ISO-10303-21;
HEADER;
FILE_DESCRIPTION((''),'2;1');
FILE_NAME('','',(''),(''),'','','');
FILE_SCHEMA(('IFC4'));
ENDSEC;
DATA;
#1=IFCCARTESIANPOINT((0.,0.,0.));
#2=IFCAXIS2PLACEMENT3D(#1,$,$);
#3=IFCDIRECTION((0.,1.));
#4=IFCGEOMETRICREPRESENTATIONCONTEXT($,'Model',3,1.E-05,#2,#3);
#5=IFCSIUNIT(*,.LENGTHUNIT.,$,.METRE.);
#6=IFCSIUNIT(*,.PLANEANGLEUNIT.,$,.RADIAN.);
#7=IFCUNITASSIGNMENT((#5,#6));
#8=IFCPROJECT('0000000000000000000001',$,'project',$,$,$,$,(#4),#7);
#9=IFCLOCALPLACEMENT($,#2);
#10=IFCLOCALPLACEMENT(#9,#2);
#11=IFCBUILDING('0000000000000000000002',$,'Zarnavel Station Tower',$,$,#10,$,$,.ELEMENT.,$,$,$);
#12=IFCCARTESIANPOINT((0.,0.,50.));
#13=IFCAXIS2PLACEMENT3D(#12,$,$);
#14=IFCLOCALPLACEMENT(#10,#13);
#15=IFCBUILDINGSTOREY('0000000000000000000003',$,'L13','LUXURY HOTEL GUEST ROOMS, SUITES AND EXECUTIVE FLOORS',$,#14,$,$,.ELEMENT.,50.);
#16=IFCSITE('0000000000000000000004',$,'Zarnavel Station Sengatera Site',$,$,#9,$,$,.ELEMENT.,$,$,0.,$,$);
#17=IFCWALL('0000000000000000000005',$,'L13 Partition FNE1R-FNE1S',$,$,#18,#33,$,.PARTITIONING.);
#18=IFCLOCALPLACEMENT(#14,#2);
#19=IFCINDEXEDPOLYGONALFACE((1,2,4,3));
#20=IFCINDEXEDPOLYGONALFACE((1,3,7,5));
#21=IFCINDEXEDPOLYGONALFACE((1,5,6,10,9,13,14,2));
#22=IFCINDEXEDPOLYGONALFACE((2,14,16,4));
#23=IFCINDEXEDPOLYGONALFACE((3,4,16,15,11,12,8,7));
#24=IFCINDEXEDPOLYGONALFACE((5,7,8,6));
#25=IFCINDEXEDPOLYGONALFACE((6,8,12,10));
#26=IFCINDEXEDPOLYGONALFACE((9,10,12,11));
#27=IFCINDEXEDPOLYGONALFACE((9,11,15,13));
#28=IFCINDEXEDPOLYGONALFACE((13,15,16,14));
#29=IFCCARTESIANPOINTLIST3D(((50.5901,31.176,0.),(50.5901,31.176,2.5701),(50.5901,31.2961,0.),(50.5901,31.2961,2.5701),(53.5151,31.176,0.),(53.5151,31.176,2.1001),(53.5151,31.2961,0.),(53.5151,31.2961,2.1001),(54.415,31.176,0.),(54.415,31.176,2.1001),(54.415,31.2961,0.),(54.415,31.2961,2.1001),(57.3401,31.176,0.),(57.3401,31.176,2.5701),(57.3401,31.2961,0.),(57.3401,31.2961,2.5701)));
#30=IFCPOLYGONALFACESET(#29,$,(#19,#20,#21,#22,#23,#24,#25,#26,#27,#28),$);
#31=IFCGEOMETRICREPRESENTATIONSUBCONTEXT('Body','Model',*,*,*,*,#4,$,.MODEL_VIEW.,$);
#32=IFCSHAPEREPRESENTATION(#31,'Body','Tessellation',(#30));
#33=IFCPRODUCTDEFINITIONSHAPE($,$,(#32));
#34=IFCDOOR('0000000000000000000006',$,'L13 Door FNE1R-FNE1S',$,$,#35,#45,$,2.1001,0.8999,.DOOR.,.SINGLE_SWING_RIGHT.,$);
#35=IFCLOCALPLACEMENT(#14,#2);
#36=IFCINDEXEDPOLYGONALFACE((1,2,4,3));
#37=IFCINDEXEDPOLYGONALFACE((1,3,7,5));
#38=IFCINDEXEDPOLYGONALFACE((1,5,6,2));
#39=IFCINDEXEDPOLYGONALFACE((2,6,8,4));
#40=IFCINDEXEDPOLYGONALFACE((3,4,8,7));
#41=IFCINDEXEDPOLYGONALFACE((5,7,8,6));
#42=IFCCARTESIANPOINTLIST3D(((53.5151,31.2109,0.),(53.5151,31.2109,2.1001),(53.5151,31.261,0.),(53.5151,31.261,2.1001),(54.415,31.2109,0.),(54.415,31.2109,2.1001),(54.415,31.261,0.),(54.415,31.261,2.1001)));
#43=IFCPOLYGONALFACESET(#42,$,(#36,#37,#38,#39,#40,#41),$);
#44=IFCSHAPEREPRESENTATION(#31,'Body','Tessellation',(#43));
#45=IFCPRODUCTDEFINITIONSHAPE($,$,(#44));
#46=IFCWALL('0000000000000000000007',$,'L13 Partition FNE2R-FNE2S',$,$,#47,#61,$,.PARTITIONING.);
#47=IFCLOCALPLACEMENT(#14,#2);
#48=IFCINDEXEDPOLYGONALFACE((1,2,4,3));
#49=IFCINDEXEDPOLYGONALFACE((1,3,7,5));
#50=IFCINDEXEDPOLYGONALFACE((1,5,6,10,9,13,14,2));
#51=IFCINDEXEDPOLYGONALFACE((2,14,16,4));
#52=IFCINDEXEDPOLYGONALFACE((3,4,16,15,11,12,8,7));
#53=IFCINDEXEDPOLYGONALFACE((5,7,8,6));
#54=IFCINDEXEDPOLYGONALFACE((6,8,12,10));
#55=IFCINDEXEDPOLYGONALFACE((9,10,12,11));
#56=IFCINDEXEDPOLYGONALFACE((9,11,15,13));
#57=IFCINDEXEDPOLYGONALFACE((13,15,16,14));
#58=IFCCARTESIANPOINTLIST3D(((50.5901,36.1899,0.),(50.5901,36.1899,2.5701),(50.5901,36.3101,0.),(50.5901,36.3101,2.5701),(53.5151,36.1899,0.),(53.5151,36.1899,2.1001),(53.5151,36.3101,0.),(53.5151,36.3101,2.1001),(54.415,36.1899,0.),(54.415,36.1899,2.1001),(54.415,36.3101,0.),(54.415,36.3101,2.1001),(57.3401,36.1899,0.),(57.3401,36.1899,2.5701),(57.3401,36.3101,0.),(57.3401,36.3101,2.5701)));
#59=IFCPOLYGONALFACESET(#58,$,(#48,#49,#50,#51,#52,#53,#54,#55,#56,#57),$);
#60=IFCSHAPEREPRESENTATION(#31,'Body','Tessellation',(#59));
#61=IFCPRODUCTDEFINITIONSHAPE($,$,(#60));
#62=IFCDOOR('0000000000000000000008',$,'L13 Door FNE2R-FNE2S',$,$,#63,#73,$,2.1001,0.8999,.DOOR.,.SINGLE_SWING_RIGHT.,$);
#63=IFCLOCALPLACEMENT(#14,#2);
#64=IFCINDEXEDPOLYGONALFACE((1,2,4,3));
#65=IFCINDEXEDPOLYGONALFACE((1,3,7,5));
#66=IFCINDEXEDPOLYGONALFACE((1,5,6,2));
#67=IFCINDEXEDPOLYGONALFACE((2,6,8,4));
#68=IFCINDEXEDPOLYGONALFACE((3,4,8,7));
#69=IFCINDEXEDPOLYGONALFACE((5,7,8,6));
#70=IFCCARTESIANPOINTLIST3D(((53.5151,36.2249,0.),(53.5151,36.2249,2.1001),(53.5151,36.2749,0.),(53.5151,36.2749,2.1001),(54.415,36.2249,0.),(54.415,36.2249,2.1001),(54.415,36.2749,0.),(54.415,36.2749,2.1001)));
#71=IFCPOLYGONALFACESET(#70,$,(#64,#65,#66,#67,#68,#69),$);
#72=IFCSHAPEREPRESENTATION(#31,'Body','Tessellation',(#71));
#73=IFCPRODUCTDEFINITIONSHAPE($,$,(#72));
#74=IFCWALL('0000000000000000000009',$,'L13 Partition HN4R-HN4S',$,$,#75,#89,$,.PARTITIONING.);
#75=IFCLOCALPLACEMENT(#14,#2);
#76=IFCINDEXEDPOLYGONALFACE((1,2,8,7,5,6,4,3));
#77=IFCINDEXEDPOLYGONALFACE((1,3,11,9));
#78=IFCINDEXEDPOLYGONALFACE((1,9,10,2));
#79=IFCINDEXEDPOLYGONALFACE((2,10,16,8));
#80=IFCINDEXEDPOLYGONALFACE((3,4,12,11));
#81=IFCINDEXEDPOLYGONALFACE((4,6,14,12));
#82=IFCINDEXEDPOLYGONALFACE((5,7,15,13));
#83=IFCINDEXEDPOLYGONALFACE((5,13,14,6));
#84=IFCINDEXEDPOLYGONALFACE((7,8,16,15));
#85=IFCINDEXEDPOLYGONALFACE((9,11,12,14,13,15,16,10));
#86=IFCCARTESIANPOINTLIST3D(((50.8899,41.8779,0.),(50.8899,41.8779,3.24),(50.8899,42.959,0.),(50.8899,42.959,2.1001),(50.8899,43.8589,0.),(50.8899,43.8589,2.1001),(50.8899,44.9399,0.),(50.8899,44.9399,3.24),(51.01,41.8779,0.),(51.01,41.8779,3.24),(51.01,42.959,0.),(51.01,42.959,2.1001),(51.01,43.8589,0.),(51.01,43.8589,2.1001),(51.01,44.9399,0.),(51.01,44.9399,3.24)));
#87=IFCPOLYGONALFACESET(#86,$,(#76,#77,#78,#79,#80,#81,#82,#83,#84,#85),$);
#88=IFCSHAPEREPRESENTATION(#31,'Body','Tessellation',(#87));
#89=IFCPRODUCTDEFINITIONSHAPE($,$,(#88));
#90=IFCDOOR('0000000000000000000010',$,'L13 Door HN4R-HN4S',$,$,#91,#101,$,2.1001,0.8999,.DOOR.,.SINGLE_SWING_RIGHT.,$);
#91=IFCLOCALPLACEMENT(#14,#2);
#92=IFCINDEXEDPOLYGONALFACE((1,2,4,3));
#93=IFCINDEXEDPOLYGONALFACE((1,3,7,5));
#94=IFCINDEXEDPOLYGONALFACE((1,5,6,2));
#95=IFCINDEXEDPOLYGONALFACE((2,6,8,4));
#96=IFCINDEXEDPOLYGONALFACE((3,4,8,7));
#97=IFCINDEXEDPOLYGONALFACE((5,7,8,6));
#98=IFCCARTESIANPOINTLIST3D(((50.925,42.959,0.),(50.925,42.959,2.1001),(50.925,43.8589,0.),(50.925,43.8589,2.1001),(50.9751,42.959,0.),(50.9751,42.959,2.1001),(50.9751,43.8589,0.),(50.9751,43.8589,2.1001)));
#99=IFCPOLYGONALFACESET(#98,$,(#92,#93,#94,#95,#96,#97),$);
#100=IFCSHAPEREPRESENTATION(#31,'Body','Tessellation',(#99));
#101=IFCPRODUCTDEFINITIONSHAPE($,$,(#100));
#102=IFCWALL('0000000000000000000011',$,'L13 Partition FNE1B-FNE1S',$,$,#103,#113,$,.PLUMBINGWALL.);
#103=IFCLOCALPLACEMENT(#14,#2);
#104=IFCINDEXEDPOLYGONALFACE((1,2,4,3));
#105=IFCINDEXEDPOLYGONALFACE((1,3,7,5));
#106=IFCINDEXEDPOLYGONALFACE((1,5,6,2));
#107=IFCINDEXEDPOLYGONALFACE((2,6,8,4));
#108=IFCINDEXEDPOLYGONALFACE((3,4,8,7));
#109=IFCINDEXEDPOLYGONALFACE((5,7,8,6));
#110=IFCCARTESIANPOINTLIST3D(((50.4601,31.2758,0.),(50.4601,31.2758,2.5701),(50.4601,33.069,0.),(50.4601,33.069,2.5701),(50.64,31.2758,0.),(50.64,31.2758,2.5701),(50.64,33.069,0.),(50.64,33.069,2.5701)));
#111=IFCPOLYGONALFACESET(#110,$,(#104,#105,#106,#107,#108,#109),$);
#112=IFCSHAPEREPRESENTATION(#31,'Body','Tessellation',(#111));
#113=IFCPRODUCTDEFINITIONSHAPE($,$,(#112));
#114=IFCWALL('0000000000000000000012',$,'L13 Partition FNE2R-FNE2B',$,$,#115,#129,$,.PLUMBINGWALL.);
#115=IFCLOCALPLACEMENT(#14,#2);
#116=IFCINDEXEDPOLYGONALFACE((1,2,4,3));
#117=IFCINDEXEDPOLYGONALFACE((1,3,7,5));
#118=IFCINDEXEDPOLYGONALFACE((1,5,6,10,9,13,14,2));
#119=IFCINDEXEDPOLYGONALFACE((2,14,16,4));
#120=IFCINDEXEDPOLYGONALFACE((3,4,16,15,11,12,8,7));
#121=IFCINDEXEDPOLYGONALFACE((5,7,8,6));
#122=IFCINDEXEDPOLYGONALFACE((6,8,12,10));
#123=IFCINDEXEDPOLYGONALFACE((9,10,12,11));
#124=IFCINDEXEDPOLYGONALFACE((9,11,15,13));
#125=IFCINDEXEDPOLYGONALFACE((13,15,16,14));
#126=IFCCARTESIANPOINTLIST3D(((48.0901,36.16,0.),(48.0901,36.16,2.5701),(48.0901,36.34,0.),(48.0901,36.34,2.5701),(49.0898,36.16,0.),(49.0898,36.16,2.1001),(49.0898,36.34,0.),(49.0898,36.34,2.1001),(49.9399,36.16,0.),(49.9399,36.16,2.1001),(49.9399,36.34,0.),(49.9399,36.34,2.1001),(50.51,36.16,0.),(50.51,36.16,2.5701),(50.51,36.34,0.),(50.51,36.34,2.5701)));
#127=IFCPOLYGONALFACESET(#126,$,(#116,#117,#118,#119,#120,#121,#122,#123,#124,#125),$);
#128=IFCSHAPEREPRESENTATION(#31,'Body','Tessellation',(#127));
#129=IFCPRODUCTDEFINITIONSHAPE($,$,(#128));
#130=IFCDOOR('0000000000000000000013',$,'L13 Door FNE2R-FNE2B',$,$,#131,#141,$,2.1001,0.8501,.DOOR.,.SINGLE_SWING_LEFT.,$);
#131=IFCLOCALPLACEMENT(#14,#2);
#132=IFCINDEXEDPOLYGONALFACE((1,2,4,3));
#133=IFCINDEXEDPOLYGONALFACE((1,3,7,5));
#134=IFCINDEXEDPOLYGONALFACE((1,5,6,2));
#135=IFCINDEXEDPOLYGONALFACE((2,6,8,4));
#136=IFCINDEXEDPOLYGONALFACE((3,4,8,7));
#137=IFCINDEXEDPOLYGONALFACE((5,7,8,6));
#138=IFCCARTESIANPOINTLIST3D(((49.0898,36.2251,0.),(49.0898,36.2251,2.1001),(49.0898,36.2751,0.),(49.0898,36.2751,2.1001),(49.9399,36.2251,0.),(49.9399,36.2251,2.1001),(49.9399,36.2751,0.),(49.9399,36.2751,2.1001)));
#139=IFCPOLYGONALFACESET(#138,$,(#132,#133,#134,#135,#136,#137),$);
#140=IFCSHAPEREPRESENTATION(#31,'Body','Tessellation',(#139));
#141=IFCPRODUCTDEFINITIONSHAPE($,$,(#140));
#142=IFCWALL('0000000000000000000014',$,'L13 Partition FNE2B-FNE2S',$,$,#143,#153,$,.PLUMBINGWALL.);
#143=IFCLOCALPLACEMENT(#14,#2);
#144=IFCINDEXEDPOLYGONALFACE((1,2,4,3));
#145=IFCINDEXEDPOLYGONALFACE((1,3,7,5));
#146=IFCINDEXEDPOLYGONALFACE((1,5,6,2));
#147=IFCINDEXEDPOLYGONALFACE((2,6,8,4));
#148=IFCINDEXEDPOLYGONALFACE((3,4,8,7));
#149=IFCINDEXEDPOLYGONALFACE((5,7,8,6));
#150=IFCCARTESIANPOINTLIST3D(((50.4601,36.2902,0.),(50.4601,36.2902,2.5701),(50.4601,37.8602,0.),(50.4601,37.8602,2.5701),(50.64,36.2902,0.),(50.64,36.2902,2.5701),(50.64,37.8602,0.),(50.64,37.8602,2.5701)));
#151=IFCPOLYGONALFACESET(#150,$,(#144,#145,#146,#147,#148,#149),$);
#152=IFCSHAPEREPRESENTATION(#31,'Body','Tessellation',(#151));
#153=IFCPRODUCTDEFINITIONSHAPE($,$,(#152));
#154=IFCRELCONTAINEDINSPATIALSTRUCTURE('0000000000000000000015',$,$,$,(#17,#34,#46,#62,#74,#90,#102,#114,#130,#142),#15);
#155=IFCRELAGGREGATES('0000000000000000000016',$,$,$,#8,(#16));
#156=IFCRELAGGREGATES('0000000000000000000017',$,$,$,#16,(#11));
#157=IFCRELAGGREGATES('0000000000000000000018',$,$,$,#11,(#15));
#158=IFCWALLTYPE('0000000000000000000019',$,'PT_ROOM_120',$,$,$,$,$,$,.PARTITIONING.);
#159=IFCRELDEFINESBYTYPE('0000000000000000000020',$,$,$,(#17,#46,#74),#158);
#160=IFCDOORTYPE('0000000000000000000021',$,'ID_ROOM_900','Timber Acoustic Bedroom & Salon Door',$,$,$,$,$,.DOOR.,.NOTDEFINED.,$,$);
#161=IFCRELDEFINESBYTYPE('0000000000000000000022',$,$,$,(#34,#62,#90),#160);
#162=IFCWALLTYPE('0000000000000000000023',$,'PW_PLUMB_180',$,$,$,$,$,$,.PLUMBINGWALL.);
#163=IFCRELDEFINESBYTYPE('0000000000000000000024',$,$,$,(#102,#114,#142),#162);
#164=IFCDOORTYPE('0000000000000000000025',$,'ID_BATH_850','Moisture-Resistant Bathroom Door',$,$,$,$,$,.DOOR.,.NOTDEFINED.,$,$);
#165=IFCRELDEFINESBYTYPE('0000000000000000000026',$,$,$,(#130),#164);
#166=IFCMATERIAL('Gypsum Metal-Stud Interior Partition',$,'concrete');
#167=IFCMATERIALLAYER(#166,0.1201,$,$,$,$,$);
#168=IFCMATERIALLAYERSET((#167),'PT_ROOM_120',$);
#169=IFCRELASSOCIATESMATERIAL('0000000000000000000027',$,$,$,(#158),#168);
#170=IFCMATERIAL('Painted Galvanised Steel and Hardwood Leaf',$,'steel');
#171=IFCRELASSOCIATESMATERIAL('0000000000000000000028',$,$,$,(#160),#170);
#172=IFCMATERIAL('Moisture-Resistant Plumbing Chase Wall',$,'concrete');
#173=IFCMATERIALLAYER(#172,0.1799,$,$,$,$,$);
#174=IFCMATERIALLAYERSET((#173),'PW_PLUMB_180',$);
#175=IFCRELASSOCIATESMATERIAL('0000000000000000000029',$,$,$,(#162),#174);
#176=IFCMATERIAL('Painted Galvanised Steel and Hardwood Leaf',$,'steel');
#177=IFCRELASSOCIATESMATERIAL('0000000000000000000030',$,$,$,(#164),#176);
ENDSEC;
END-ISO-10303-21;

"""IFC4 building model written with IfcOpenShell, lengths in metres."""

from ifc_helpers import new_model, si_unit, direction, frame, frame_2d, origin, place, context, subcontext, project, spatial, rectangle, extrude, material, layer, layer_set, type_object, element, fill, save


model = new_model("IFC4")

# Units and contexts
model_context = context("Model", 3, precision=1e-05, world=origin(), true_north=direction((0.0, 1.0)))
body_context = subcontext(model_context, "Body", "Model", "MODEL_VIEW")
ifc_project = project(units=[si_unit("LENGTHUNIT", "METRE"), si_unit("PLANEANGLEUNIT", "RADIAN")], contexts=[model_context])

# Site, building, storey
site_placement = place(None, origin())
site = spatial("IfcSite", under=ifc_project, at=site_placement, Name="Zarnavel Station Sengatera Site", CompositionType="ELEMENT", RefElevation=0.0)
building_placement = place(site_placement, origin())
building = spatial("IfcBuilding", under=site, at=building_placement, Name="Zarnavel Station Tower", CompositionType="ELEMENT")
storey_placement = place(building_placement, frame((0.0, 0.0, 50.0)))
storey = spatial("IfcBuildingStorey", under=building, at=storey_placement, Name="L13", Description="LUXURY HOTEL GUEST ROOMS, SUITES AND EXECUTIVE FLOORS", CompositionType="ELEMENT", Elevation=50.0)

# Walls, openings, doors
ifc_material_1 = material(Name="Gypsum Metal-Stud Interior Partition", Category="concrete")
ifc_layer_1 = layer(ifc_material_1, 0.1201)
ifc_layer_set_1 = layer_set([ifc_layer_1], Name="PT_ROOM_120")
wall_type_1 = type_object("IfcWallType", Name="PT_ROOM_120", PredefinedType="PARTITIONING", material=ifc_layer_set_1)
wall_1_placement = place(storey_placement, frame((50.5901, 31.2361, 0.0), z_axis=(0.0, 0.0, 1.0), x_axis=(1.0, 0.0, 0.0)))
wall_1 = element("IfcWall", 1, at=wall_1_placement, inside=storey, type_object=wall_type_1, Name="L13 Partition FNE1R-FNE1S", PredefinedType="PARTITIONING", context=body_context, shape_type="SweptSolid", body=[
    extrude(rectangle(XDim=6.75, YDim=0.1201, at=frame_2d((3.375, 0.0))), origin(), (0.0, 0.0, 1.0), 2.5701),
])
opening_1_placement = place(wall_1_placement, frame((2.925, 0.0, 0.0)))
opening_1 = element("IfcOpeningElement", 2, at=opening_1_placement, cuts=wall_1, PredefinedType="OPENING", context=body_context, shape_type="SweptSolid", body=[
    extrude(rectangle(XDim=0.8999, YDim=2.1001, at=frame_2d((0.45, 1.05))), frame((0.0, 0.0701, 0.0), z_axis=(0.0, -1.0, 0.0), x_axis=(1.0, 0.0, 0.0)), (0.0, 0.0, 1.0), 0.1401),
])
ifc_material_2 = material(Name="Painted Galvanised Steel and Hardwood Leaf", Category="steel")
door_type_1 = type_object("IfcDoorType", Name="ID_ROOM_900", Description="Timber Acoustic Bedroom & Salon Door", OperationType="NOTDEFINED", PredefinedType="DOOR", material=ifc_material_2)
door_1_placement = place(opening_1_placement, origin())
door_1 = element("IfcDoor", 3, at=door_1_placement, inside=storey, type_object=door_type_1, Name="L13 Door FNE1R-FNE1S", OperationType="SINGLE_SWING_RIGHT", OverallHeight=2.1001, OverallWidth=0.8999, PredefinedType="DOOR", context=body_context, shape_type="SweptSolid", body=[
    extrude(rectangle(XDim=0.8999, YDim=2.1001, at=frame_2d((0.45, 1.05))), frame((0.0, 0.0249, 0.0), z_axis=(0.0, -1.0, 0.0), x_axis=(1.0, 0.0, 0.0)), (0.0, 0.0, 1.0), 0.05),
])
fill(opening_1, door_1)
wall_2_placement = place(storey_placement, frame((50.5901, 36.25, 0.0), z_axis=(0.0, 0.0, 1.0), x_axis=(1.0, 0.0, 0.0)))
wall_2 = element("IfcWall", 4, at=wall_2_placement, inside=storey, type_object=wall_type_1, Name="L13 Partition FNE2R-FNE2S", PredefinedType="PARTITIONING", context=body_context, shape_type="SweptSolid", body=[
    extrude(rectangle(XDim=6.75, YDim=0.1201, at=frame_2d((3.375, 0.0))), origin(), (0.0, 0.0, 1.0), 2.5701),
])
opening_2_placement = place(wall_2_placement, frame((2.925, 0.0, 0.0)))
opening_2 = element("IfcOpeningElement", 5, at=opening_2_placement, cuts=wall_2, PredefinedType="OPENING", context=body_context, shape_type="SweptSolid", body=[
    extrude(rectangle(XDim=0.8999, YDim=2.1001, at=frame_2d((0.45, 1.05))), frame((0.0, 0.0701, 0.0), z_axis=(0.0, -1.0, 0.0), x_axis=(1.0, 0.0, 0.0)), (0.0, 0.0, 1.0), 0.1401),
])
door_2_placement = place(opening_2_placement, origin())
door_2 = element("IfcDoor", 6, at=door_2_placement, inside=storey, type_object=door_type_1, Name="L13 Door FNE2R-FNE2S", OperationType="SINGLE_SWING_RIGHT", OverallHeight=2.1001, OverallWidth=0.8999, PredefinedType="DOOR", context=body_context, shape_type="SweptSolid", body=[
    extrude(rectangle(XDim=0.8999, YDim=2.1001, at=frame_2d((0.45, 1.05))), frame((0.0, 0.0249, 0.0), z_axis=(0.0, -1.0, 0.0), x_axis=(1.0, 0.0, 0.0)), (0.0, 0.0, 1.0), 0.05),
])
fill(opening_2, door_2)
wall_3_placement = place(storey_placement, frame((50.95, 41.8779, 0.0), z_axis=(0.0, 0.0, 1.0), x_axis=(0.0, 1.0, 0.0)))
wall_3 = element("IfcWall", 7, at=wall_3_placement, inside=storey, type_object=wall_type_1, Name="L13 Partition HN4R-HN4S", PredefinedType="PARTITIONING", context=body_context, shape_type="SweptSolid", body=[
    extrude(rectangle(XDim=3.062, YDim=0.1201, at=frame_2d((1.531, 0.0))), origin(), (0.0, 0.0, 1.0), 3.24),
])
opening_3_placement = place(wall_3_placement, frame((1.0811, 0.0, 0.0)))
opening_3 = element("IfcOpeningElement", 8, at=opening_3_placement, cuts=wall_3, PredefinedType="OPENING", context=body_context, shape_type="SweptSolid", body=[
    extrude(rectangle(XDim=0.8999, YDim=2.1001, at=frame_2d((0.45, 1.05))), frame((0.0, 0.0701, 0.0), z_axis=(0.0, -1.0, 0.0), x_axis=(1.0, 0.0, 0.0)), (0.0, 0.0, 1.0), 0.1401),
])
door_3_placement = place(opening_3_placement, origin())
door_3 = element("IfcDoor", 9, at=door_3_placement, inside=storey, type_object=door_type_1, Name="L13 Door HN4R-HN4S", OperationType="SINGLE_SWING_RIGHT", OverallHeight=2.1001, OverallWidth=0.8999, PredefinedType="DOOR", context=body_context, shape_type="SweptSolid", body=[
    extrude(rectangle(XDim=0.8999, YDim=2.1001, at=frame_2d((0.45, 1.05))), frame((0.0, 0.0249, 0.0), z_axis=(0.0, -1.0, 0.0), x_axis=(1.0, 0.0, 0.0)), (0.0, 0.0, 1.0), 0.05),
])
fill(opening_3, door_3)

# Wall
ifc_material_3 = material(Name="Moisture-Resistant Plumbing Chase Wall", Category="concrete")
ifc_layer_2 = layer(ifc_material_3, 0.1799)
ifc_layer_set_2 = layer_set([ifc_layer_2], Name="PW_PLUMB_180")
wall_type_2 = type_object("IfcWallType", Name="PW_PLUMB_180", PredefinedType="PLUMBINGWALL", material=ifc_layer_set_2)
wall_4_placement = place(storey_placement, frame((50.55, 31.2759, 0.0), z_axis=(0.0, 0.0, 1.0), x_axis=(0.0, 1.0, 0.0)))
element("IfcWall", 10, at=wall_4_placement, inside=storey, type_object=wall_type_2, Name="L13 Partition FNE1B-FNE1S", PredefinedType="PLUMBINGWALL", context=body_context, shape_type="SweptSolid", body=[
    extrude(rectangle(XDim=1.7932, YDim=0.1799, at=frame_2d((0.8965, 0.0))), origin(), (0.0, 0.0, 1.0), 2.5701),
])

# Wall, opening, door
wall_5_placement = place(storey_placement, frame((50.51, 36.25, 0.0), z_axis=(0.0, 0.0, 1.0), x_axis=(-1.0, 0.0, 0.0)))
wall_5 = element("IfcWall", 11, at=wall_5_placement, inside=storey, type_object=wall_type_2, Name="L13 Partition FNE2R-FNE2B", PredefinedType="PLUMBINGWALL", context=body_context, shape_type="SweptSolid", body=[
    extrude(rectangle(XDim=2.4199, YDim=0.1799, at=frame_2d((1.21, 0.0))), origin(), (0.0, 0.0, 1.0), 2.5701),
])
opening_4_placement = place(wall_5_placement, frame((0.5701, 0.0, 0.0)))
opening_4 = element("IfcOpeningElement", 12, at=opening_4_placement, cuts=wall_5, PredefinedType="OPENING", context=body_context, shape_type="SweptSolid", body=[
    extrude(rectangle(XDim=0.8501, YDim=2.1001, at=frame_2d((0.425, 1.05))), frame((0.0, 0.0999, 0.0), z_axis=(0.0, -1.0, 0.0), x_axis=(1.0, 0.0, 0.0)), (0.0, 0.0, 1.0), 0.2),
])
ifc_material_4 = material(Name="Painted Galvanised Steel and Hardwood Leaf", Category="steel")
door_type_2 = type_object("IfcDoorType", Name="ID_BATH_850", Description="Moisture-Resistant Bathroom Door", OperationType="NOTDEFINED", PredefinedType="DOOR", material=ifc_material_4)
door_4_placement = place(opening_4_placement, origin())
door_4 = element("IfcDoor", 13, at=door_4_placement, inside=storey, type_object=door_type_2, Name="L13 Door FNE2R-FNE2B", OperationType="SINGLE_SWING_LEFT", OverallHeight=2.1001, OverallWidth=0.8501, PredefinedType="DOOR", context=body_context, shape_type="SweptSolid", body=[
    extrude(rectangle(XDim=0.8501, YDim=2.1001, at=frame_2d((0.425, 1.05))), frame((0.0, 0.0249, 0.0), z_axis=(0.0, -1.0, 0.0), x_axis=(1.0, 0.0, 0.0)), (0.0, 0.0, 1.0), 0.05),
])
fill(opening_4, door_4)

# Wall
wall_6_placement = place(storey_placement, frame((50.55, 36.29, 0.0), z_axis=(0.0, 0.0, 1.0), x_axis=(0.0, 1.0, 0.0)))
element("IfcWall", 14, at=wall_6_placement, inside=storey, type_object=wall_type_2, Name="L13 Partition FNE2B-FNE2S", PredefinedType="PLUMBINGWALL", context=body_context, shape_type="SweptSolid", body=[
    extrude(rectangle(XDim=1.5701, YDim=0.1799, at=frame_2d((0.7852, 0.0))), origin(), (0.0, 0.0, 1.0), 2.5701),
])

save(model, "model.ifc")
